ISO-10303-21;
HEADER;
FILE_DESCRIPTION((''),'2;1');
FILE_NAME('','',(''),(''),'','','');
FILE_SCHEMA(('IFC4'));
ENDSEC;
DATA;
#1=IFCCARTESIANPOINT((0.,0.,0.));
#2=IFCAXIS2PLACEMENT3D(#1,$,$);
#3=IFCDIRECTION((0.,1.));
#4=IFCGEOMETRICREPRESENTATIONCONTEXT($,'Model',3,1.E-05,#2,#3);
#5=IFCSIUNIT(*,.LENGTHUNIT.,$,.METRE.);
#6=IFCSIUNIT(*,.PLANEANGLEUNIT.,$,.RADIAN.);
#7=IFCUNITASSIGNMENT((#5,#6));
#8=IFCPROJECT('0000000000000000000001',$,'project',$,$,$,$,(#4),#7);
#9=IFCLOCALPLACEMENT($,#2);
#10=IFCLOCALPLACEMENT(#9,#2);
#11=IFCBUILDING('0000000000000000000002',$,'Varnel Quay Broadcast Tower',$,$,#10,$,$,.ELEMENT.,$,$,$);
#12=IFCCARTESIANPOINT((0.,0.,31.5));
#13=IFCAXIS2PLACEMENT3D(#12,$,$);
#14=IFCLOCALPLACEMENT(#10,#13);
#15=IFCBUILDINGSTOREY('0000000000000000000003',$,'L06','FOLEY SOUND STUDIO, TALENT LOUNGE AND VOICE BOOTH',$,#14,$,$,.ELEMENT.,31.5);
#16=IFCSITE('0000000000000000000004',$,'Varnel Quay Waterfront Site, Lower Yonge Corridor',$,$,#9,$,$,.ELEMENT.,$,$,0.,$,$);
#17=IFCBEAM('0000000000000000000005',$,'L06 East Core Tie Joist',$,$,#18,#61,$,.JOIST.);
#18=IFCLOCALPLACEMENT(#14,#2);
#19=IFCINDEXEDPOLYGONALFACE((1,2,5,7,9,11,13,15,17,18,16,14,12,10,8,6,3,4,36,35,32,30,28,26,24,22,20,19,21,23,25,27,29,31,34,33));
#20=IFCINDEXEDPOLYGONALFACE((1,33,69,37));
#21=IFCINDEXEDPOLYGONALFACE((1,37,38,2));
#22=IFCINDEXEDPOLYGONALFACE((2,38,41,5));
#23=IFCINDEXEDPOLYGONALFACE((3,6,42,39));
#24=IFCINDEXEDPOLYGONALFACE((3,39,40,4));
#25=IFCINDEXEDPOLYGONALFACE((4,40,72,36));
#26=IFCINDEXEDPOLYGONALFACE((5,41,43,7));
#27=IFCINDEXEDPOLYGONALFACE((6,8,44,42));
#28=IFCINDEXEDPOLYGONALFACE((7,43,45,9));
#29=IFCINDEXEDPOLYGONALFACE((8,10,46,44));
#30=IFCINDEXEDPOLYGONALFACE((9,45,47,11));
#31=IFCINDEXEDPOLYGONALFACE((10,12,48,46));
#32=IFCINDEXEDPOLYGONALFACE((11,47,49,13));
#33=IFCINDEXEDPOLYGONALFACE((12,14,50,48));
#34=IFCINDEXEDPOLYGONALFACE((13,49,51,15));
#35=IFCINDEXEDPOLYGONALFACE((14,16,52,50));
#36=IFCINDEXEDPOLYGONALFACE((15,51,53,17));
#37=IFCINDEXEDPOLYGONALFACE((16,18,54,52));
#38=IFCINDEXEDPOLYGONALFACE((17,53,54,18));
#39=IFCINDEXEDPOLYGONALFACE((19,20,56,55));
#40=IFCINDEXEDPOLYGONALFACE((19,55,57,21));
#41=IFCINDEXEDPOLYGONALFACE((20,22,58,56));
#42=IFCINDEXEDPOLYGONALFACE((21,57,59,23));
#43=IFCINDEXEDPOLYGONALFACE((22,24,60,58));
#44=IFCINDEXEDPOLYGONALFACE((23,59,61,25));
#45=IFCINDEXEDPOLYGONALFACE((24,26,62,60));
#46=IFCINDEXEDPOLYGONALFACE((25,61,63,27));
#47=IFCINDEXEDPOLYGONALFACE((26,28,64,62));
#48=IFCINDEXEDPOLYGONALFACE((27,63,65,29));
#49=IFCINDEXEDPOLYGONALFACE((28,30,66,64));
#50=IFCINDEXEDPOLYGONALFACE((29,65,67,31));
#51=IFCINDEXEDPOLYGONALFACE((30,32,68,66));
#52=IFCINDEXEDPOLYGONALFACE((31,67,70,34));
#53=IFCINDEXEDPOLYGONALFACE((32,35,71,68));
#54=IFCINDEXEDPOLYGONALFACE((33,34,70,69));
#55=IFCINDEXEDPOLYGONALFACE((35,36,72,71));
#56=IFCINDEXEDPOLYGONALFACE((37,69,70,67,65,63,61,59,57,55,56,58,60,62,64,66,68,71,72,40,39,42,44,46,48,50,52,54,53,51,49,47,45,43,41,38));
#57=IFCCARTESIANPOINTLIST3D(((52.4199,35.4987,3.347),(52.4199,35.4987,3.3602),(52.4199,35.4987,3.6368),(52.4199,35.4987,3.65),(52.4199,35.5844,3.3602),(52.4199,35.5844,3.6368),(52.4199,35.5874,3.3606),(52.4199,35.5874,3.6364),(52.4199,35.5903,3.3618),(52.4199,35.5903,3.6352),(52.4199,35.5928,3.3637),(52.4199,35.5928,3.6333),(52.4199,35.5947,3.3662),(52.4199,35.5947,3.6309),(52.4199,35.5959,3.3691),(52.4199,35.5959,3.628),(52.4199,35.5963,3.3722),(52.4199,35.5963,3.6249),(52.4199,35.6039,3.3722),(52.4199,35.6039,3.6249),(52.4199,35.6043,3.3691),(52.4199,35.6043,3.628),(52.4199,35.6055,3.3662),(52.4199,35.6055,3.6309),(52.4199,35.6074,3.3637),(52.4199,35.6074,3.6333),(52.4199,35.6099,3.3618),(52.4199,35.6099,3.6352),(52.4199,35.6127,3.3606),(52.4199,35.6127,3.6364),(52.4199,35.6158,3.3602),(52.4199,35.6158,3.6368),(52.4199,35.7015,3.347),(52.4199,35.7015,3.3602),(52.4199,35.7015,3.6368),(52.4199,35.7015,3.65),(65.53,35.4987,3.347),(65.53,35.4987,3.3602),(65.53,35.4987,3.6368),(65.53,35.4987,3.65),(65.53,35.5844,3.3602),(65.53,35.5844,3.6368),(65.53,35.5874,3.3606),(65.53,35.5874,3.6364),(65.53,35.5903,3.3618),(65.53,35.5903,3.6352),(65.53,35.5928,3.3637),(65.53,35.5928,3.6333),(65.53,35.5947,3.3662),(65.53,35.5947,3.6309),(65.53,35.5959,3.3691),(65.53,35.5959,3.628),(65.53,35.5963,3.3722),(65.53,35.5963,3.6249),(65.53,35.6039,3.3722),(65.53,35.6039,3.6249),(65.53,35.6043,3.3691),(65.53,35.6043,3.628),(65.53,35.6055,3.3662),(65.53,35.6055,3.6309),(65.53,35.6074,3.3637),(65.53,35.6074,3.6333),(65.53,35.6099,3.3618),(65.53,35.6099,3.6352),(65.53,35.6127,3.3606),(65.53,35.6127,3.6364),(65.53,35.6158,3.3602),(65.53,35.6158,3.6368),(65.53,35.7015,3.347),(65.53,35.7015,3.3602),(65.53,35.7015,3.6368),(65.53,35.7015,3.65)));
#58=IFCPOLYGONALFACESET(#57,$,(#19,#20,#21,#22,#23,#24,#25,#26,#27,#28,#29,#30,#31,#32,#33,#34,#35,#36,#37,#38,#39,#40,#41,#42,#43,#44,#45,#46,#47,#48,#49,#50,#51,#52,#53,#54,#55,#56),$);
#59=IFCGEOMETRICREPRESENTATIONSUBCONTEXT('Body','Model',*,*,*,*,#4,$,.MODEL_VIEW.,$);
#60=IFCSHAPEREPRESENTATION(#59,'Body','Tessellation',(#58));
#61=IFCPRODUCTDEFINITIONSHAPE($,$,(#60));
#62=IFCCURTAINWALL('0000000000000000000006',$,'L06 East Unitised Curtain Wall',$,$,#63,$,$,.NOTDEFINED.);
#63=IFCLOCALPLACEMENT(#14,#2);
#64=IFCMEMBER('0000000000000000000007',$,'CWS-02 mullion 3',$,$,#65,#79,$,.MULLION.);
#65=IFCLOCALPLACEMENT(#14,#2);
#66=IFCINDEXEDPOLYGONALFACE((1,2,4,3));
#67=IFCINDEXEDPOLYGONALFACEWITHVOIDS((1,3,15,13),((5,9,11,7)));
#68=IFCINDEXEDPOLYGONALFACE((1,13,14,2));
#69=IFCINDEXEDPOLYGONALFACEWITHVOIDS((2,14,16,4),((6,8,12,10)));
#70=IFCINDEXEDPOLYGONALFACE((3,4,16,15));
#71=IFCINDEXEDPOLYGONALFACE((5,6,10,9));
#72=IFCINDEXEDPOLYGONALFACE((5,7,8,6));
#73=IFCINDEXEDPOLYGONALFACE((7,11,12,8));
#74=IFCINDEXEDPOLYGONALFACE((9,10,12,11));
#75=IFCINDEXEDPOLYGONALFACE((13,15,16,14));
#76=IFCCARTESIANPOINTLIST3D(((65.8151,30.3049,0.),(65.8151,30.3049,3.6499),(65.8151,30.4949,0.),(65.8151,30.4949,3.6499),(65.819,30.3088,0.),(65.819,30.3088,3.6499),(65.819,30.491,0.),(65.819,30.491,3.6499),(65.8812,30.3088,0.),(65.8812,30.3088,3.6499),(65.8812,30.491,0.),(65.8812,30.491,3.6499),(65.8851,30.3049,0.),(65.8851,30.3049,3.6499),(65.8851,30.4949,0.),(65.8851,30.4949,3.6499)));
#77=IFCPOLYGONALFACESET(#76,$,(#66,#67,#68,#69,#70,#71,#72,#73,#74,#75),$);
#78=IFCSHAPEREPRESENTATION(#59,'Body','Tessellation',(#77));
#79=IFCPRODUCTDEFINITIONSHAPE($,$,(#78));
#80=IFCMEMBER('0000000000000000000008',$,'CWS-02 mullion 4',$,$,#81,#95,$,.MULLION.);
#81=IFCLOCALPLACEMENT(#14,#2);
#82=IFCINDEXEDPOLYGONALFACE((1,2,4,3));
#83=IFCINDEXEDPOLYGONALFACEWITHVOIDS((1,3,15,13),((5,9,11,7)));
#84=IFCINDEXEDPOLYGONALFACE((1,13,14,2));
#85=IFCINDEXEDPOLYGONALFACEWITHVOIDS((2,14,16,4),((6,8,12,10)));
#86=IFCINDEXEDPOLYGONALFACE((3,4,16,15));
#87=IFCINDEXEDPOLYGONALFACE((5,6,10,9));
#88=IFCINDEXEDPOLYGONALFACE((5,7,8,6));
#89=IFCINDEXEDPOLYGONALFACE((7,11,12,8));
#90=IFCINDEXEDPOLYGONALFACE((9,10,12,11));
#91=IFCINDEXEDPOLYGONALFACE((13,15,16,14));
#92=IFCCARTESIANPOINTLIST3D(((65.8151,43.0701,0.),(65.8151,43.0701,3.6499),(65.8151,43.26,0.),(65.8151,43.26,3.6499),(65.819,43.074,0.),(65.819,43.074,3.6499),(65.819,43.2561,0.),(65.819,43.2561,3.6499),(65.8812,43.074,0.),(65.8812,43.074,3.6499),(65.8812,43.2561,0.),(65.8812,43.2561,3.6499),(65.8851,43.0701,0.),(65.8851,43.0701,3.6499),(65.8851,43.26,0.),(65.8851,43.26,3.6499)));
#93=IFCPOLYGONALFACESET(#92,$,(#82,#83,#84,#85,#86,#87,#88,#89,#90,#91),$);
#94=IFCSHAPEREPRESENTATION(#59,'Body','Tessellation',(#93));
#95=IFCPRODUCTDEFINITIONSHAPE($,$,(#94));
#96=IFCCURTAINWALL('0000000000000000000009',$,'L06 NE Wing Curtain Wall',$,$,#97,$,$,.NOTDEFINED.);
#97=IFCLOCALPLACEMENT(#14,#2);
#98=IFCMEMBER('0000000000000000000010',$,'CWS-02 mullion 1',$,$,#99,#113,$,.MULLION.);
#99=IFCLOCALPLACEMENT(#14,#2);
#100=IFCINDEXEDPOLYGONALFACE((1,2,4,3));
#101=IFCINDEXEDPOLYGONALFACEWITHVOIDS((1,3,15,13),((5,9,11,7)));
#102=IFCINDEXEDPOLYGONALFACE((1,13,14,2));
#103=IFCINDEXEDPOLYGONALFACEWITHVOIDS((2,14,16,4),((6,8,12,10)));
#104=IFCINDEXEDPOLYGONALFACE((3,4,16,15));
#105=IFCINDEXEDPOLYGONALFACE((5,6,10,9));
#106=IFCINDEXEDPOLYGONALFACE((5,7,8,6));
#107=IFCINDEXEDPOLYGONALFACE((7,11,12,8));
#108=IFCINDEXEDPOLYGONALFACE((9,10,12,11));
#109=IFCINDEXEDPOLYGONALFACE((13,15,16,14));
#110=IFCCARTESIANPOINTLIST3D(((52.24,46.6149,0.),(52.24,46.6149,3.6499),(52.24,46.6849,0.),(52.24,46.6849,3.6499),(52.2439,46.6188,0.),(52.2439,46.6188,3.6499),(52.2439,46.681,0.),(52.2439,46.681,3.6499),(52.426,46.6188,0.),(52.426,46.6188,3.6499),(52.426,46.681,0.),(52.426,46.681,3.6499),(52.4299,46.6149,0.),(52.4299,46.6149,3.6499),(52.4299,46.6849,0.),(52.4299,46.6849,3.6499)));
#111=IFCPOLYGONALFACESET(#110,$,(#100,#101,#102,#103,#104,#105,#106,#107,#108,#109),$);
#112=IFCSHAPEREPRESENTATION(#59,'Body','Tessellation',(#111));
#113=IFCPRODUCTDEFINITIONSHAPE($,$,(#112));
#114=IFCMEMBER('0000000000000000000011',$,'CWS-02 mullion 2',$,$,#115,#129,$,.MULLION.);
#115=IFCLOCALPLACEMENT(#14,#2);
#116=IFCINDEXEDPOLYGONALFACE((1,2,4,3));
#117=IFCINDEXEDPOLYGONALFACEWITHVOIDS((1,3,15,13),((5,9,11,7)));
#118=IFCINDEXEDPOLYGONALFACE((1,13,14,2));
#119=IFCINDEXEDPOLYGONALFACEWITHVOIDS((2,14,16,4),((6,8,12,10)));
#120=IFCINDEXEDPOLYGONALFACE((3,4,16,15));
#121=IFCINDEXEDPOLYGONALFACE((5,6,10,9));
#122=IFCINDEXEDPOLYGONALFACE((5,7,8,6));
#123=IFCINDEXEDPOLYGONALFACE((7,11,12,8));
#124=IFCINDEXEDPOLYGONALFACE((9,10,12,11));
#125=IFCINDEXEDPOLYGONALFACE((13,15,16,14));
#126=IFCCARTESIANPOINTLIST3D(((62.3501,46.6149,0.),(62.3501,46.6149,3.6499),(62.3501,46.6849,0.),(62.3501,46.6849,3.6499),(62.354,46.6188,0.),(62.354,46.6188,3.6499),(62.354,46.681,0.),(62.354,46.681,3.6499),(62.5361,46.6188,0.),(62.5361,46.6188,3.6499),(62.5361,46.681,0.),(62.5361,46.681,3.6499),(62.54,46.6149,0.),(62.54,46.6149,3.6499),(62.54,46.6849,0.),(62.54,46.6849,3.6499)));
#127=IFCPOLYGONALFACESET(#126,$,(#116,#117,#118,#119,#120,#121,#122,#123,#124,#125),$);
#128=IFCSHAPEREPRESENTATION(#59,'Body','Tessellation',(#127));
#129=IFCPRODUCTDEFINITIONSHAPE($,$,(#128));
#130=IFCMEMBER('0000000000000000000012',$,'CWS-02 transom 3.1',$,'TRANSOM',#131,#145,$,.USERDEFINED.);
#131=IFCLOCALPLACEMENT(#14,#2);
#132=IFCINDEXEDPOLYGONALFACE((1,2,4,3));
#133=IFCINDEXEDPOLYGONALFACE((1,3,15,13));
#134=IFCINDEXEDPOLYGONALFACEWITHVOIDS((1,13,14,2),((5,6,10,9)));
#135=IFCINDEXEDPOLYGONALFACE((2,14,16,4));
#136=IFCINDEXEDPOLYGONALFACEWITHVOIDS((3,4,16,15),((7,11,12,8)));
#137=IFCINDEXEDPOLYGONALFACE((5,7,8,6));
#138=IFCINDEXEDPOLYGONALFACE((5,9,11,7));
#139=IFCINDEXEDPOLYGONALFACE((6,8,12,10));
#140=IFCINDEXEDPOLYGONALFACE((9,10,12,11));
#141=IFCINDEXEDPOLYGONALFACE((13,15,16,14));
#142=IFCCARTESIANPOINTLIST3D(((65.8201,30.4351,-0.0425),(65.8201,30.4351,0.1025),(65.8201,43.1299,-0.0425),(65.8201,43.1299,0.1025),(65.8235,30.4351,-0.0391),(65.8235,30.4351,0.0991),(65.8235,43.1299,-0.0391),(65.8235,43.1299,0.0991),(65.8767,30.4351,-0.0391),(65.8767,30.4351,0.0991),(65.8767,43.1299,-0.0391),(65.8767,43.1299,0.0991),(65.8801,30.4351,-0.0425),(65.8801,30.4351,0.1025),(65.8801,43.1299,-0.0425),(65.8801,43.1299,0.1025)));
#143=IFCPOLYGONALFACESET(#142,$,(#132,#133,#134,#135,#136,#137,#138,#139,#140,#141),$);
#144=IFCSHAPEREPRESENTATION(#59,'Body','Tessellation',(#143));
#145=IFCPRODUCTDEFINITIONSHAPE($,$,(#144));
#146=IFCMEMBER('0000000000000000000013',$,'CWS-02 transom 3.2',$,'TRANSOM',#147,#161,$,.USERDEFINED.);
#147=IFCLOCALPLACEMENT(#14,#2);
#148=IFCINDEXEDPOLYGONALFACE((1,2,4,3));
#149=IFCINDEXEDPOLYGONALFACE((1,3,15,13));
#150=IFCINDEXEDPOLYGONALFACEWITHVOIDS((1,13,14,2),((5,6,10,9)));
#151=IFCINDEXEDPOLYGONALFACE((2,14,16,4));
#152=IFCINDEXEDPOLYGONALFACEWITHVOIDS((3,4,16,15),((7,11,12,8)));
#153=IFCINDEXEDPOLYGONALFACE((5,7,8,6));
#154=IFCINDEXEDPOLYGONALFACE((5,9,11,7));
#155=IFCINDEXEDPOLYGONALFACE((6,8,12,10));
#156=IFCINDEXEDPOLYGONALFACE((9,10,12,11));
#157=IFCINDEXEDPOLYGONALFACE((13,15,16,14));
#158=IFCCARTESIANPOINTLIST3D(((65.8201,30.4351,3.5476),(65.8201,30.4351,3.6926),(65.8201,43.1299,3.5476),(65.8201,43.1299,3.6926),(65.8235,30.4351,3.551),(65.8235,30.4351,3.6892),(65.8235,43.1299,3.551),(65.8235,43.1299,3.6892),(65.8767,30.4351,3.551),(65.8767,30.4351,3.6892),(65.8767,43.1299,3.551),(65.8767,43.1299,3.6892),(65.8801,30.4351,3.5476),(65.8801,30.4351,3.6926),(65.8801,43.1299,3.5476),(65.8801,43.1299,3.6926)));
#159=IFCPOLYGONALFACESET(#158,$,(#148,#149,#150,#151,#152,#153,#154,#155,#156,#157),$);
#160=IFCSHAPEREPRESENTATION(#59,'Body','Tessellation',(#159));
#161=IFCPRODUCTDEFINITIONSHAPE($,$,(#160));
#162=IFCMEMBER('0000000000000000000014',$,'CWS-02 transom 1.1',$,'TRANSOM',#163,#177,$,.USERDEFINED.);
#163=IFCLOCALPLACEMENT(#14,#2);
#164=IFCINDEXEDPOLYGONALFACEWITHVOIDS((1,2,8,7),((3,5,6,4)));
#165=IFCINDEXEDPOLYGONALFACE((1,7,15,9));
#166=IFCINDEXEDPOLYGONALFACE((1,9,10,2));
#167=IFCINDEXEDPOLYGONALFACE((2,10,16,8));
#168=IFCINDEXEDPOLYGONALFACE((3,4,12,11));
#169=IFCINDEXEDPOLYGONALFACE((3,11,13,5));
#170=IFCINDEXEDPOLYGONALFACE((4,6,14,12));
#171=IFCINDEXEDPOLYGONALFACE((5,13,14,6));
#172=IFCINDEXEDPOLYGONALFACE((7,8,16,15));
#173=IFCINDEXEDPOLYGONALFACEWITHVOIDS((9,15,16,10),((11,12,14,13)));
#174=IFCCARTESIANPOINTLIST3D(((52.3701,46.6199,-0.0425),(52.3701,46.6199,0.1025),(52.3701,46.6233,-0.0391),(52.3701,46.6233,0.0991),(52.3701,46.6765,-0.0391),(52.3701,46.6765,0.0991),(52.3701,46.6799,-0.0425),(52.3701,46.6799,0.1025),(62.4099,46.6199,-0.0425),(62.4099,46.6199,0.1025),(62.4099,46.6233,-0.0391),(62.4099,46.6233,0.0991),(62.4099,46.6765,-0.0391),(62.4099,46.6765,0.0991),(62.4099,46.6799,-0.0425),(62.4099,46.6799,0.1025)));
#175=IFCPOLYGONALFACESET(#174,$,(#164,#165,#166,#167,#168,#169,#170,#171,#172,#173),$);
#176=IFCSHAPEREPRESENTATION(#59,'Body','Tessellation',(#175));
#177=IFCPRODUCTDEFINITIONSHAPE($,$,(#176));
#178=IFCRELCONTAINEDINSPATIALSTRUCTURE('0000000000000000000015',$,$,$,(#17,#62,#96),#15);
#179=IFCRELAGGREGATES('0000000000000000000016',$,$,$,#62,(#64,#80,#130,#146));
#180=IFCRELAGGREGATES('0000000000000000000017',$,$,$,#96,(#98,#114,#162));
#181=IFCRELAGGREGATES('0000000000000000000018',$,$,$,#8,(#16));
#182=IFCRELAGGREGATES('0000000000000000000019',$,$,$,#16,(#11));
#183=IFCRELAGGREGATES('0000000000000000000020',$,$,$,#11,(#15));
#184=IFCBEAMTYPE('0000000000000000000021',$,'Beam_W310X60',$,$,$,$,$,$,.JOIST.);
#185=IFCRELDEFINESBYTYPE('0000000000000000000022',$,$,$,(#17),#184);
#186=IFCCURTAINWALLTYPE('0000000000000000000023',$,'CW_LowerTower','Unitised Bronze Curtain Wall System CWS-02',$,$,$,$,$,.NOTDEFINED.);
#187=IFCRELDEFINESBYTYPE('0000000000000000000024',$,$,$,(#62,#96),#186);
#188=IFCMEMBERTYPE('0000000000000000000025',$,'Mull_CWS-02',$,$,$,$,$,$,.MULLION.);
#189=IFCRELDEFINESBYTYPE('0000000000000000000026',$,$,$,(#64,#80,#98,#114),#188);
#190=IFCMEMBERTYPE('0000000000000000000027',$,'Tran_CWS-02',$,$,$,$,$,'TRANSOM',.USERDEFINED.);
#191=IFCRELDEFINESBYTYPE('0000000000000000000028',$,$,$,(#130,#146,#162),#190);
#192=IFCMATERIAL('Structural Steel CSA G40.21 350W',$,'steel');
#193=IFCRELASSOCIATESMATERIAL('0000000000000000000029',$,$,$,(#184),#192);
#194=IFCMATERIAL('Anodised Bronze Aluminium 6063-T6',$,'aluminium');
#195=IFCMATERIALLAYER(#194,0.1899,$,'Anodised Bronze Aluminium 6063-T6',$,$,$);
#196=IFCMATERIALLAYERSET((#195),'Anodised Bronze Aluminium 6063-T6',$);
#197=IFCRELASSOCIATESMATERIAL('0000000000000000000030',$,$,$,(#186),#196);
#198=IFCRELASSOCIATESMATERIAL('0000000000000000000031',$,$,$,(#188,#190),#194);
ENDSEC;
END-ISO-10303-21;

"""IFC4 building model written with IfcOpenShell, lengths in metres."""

from ifc_helpers import new_model, si_unit, direction, frame, origin, origin_2d, place, context, subcontext, project, spatial, hollow_rectangle, i_section, extrude, source, transform, mapped, material, layer, layer_set, material_profile, profile_set, type_object, type_shapes, element, aggregate, save


model = new_model("IFC4")

# Units and contexts
model_context = context("Model", 3, precision=1e-05, world=origin(), true_north=direction((0.0, 1.0)))
body_context = subcontext(model_context, "Body", "Model", "MODEL_VIEW")
ifc_project = project(units=[si_unit("LENGTHUNIT", "METRE"), si_unit("PLANEANGLEUNIT", "RADIAN")], contexts=[model_context])

# Site, building, storey
site_placement = place(None, origin())
site = spatial("IfcSite", under=ifc_project, at=site_placement, Name="Varnel Quay Waterfront Site, Lower Yonge Corridor", CompositionType="ELEMENT", RefElevation=0.0)
building_placement = place(site_placement, origin())
building = spatial("IfcBuilding", under=site, at=building_placement, Name="Varnel Quay Broadcast Tower", CompositionType="ELEMENT")
storey_placement = place(building_placement, frame((0.0, 0.0, 31.5)))
storey = spatial("IfcBuildingStorey", under=building, at=storey_placement, Name="L06", Description="FOLEY SOUND STUDIO, TALENT LOUNGE AND VOICE BOOTH", CompositionType="ELEMENT", Elevation=31.5)

# Shared definitions
ifc_material_1 = material(Name="Structural Steel CSA G40.21 350W", Category="steel")

# Beam
ifc_material_profile_1 = material_profile(ifc_material_1, i_section(OverallWidth=0.2029, OverallDepth=0.303, WebThickness=0.0076, FlangeThickness=0.0132, FilletRadius=0.012, at=origin_2d()), Name="W310X60")
ifc_profile_set_1 = profile_set([ifc_material_profile_1], Name="Structural Steel CSA G40.21 350W")
beam_type_1 = type_object("IfcBeamType", Name="Beam_W310X60", PredefinedType="JOIST", material=ifc_profile_set_1)
shared_shape_1 = source(origin(), body_context, "Body", "SweptSolid", [
    extrude(i_section(OverallWidth=0.2029, OverallDepth=0.303, WebThickness=0.0076, FlangeThickness=0.0132, FilletRadius=0.012, at=origin_2d()), origin(), (0.0, 0.0, 1.0), 13.1101),
])
type_shapes(beam_type_1, [shared_shape_1])
beam_1_placement = place(storey_placement, frame((52.4199, 35.6001, 3.4985), z_axis=(1.0, 0.0, 0.0), x_axis=(0.0, 1.0, 0.0)))
element("IfcBeam", 1, at=beam_1_placement, inside=storey, type_object=beam_type_1, Name="L06 East Core Tie Joist", PredefinedType="JOIST", context=body_context, shape_type="MappedRepresentation", body=[
    mapped(shared_shape_1, transform((0.0, 0.0, 0.0), x_axis=(1.0, 0.0, 0.0), y_axis=(0.0, 1.0, 0.0), z_axis=(0.0, 0.0, 1.0), scale=1.0)),
])

# Curtain walls, members
ifc_material_2 = material(Name="Anodised Bronze Aluminium 6063-T6", Category="aluminium")
ifc_layer_1 = layer(ifc_material_2, 0.1899, Name="Anodised Bronze Aluminium 6063-T6")
ifc_layer_set_1 = layer_set([ifc_layer_1], Name="Anodised Bronze Aluminium 6063-T6")
curtain_wall_type = type_object("IfcCurtainWallType", Name="CW_LowerTower", Description="Unitised Bronze Curtain Wall System CWS-02", PredefinedType="NOTDEFINED", material=ifc_layer_set_1)
curtain_wall_1_placement = place(storey_placement, origin())
curtain_wall_1 = element("IfcCurtainWall", 2, at=curtain_wall_1_placement, inside=storey, type_object=curtain_wall_type, Name="L06 East Unitised Curtain Wall", PredefinedType="NOTDEFINED")
ifc_material_profile_2 = material_profile(ifc_material_2, hollow_rectangle(XDim=0.0701, YDim=0.1899, WallThickness=0.0039, at=origin_2d()), Name="ALU70X190X4")
ifc_profile_set_2 = profile_set([ifc_material_profile_2], Name="Anodised Bronze Aluminium 6063-T6")
member_type_1 = type_object("IfcMemberType", Name="Mull_CWS-02", PredefinedType="MULLION", material=ifc_profile_set_2)
shared_shape_2 = source(origin(), body_context, "Body", "SweptSolid", [
    extrude(hollow_rectangle(XDim=0.0701, YDim=0.1899, WallThickness=0.0039, at=origin_2d()), origin(), (0.0, 0.0, 1.0), 3.6499),
])
type_shapes(member_type_1, [shared_shape_2])
member_1_placement = place(storey_placement, frame((65.8501, 30.3999, 0.0), z_axis=(0.0, 0.0, 1.0), x_axis=(-1.0, 0.0, 0.0)))
member_1 = element("IfcMember", 3, at=member_1_placement, type_object=member_type_1, Name="CWS-02 mullion 3", PredefinedType="MULLION", context=body_context, shape_type="MappedRepresentation", body=[
    mapped(shared_shape_2, transform((0.0, 0.0, 0.0), x_axis=(1.0, 0.0, 0.0), y_axis=(0.0, 1.0, 0.0), z_axis=(0.0, 0.0, 1.0), scale=1.0)),
])
member_2_placement = place(storey_placement, frame((65.8501, 43.165, 0.0), z_axis=(0.0, 0.0, 1.0), x_axis=(-1.0, 0.0, 0.0)))
member_2 = element("IfcMember", 4, at=member_2_placement, type_object=member_type_1, Name="CWS-02 mullion 4", PredefinedType="MULLION", context=body_context, shape_type="MappedRepresentation", body=[
    mapped(shared_shape_2, transform((0.0, 0.0, 0.0), x_axis=(1.0, 0.0, 0.0), y_axis=(0.0, 1.0, 0.0), z_axis=(0.0, 0.0, 1.0), scale=1.0)),
])
curtain_wall_2_placement = place(storey_placement, origin())
curtain_wall_2 = element("IfcCurtainWall", 5, at=curtain_wall_2_placement, inside=storey, type_object=curtain_wall_type, Name="L06 NE Wing Curtain Wall", PredefinedType="NOTDEFINED")
member_3_placement = place(storey_placement, frame((52.335, 46.6499, 0.0), z_axis=(0.0, 0.0, 1.0), x_axis=(0.0, 1.0, 0.0)))
member_3 = element("IfcMember", 6, at=member_3_placement, type_object=member_type_1, Name="CWS-02 mullion 1", PredefinedType="MULLION", context=body_context, shape_type="MappedRepresentation", body=[
    mapped(shared_shape_2, transform((0.0, 0.0, 0.0), x_axis=(1.0, 0.0, 0.0), y_axis=(0.0, 1.0, 0.0), z_axis=(0.0, 0.0, 1.0), scale=1.0)),
])
member_4_placement = place(storey_placement, frame((62.4451, 46.6499, 0.0), z_axis=(0.0, 0.0, 1.0), x_axis=(0.0, 1.0, 0.0)))
member_4 = element("IfcMember", 7, at=member_4_placement, type_object=member_type_1, Name="CWS-02 mullion 2", PredefinedType="MULLION", context=body_context, shape_type="MappedRepresentation", body=[
    mapped(shared_shape_2, transform((0.0, 0.0, 0.0), x_axis=(1.0, 0.0, 0.0), y_axis=(0.0, 1.0, 0.0), z_axis=(0.0, 0.0, 1.0), scale=1.0)),
])

# Members
ifc_material_profile_3 = material_profile(ifc_material_2, hollow_rectangle(XDim=0.0601, YDim=0.145, WallThickness=0.0034, at=origin_2d()), Name="ALU60X145X3.5")
ifc_profile_set_3 = profile_set([ifc_material_profile_3], Name="Anodised Bronze Aluminium 6063-T6")
member_type_2 = type_object("IfcMemberType", Name="Tran_CWS-02", ElementType="TRANSOM", PredefinedType="USERDEFINED", material=ifc_profile_set_3)
shared_shape_3 = source(origin(), body_context, "Body", "SweptSolid", [
    extrude(hollow_rectangle(XDim=0.0601, YDim=0.145, WallThickness=0.0034, at=origin_2d()), origin(), (0.0, 0.0, 1.0), 12.6948),
])
member_5_placement = place(storey_placement, frame((65.8501, 30.4351, 0.03), z_axis=(0.0, 1.0, 0.0), x_axis=(-1.0, 0.0, 0.0)))
member_5 = element("IfcMember", 8, at=member_5_placement, type_object=member_type_2, Name="CWS-02 transom 3.1", ObjectType="TRANSOM", PredefinedType="USERDEFINED", context=body_context, shape_type="MappedRepresentation", body=[
    mapped(shared_shape_3, transform((0.0, 0.0, 0.0), x_axis=(1.0, 0.0, 0.0), y_axis=(0.0, 1.0, 0.0), z_axis=(0.0, 0.0, 1.0), scale=1.0)),
])
member_6_placement = place(storey_placement, frame((65.8501, 30.4351, 3.6201), z_axis=(0.0, 1.0, 0.0), x_axis=(-1.0, 0.0, 0.0)))
member_6 = element("IfcMember", 9, at=member_6_placement, type_object=member_type_2, Name="CWS-02 transom 3.2", ObjectType="TRANSOM", PredefinedType="USERDEFINED", context=body_context, shape_type="MappedRepresentation", body=[
    mapped(shared_shape_3, transform((0.0, 0.0, 0.0), x_axis=(1.0, 0.0, 0.0), y_axis=(0.0, 1.0, 0.0), z_axis=(0.0, 0.0, 1.0), scale=1.0)),
])
shared_shape_4 = source(origin(), body_context, "Body", "SweptSolid", [
    extrude(hollow_rectangle(XDim=0.0601, YDim=0.145, WallThickness=0.0034, at=origin_2d()), origin(), (0.0, 0.0, 1.0), 10.0398),
])
type_shapes(member_type_2, [shared_shape_3, shared_shape_4])
member_7_placement = place(storey_placement, frame((52.3701, 46.6499, 0.03), z_axis=(1.0, 0.0, 0.0), x_axis=(0.0, 1.0, 0.0)))
member_7 = element("IfcMember", 10, at=member_7_placement, type_object=member_type_2, Name="CWS-02 transom 1.1", ObjectType="TRANSOM", PredefinedType="USERDEFINED", context=body_context, shape_type="MappedRepresentation", body=[
    mapped(shared_shape_4, transform((0.0, 0.0, 0.0), x_axis=(1.0, 0.0, 0.0), y_axis=(0.0, 1.0, 0.0), z_axis=(0.0, 0.0, 1.0), scale=1.0)),
])

aggregate(curtain_wall_1, [member_1, member_2, member_5, member_6])
aggregate(curtain_wall_2, [member_3, member_4, member_7])

save(model, "model.ifc")
